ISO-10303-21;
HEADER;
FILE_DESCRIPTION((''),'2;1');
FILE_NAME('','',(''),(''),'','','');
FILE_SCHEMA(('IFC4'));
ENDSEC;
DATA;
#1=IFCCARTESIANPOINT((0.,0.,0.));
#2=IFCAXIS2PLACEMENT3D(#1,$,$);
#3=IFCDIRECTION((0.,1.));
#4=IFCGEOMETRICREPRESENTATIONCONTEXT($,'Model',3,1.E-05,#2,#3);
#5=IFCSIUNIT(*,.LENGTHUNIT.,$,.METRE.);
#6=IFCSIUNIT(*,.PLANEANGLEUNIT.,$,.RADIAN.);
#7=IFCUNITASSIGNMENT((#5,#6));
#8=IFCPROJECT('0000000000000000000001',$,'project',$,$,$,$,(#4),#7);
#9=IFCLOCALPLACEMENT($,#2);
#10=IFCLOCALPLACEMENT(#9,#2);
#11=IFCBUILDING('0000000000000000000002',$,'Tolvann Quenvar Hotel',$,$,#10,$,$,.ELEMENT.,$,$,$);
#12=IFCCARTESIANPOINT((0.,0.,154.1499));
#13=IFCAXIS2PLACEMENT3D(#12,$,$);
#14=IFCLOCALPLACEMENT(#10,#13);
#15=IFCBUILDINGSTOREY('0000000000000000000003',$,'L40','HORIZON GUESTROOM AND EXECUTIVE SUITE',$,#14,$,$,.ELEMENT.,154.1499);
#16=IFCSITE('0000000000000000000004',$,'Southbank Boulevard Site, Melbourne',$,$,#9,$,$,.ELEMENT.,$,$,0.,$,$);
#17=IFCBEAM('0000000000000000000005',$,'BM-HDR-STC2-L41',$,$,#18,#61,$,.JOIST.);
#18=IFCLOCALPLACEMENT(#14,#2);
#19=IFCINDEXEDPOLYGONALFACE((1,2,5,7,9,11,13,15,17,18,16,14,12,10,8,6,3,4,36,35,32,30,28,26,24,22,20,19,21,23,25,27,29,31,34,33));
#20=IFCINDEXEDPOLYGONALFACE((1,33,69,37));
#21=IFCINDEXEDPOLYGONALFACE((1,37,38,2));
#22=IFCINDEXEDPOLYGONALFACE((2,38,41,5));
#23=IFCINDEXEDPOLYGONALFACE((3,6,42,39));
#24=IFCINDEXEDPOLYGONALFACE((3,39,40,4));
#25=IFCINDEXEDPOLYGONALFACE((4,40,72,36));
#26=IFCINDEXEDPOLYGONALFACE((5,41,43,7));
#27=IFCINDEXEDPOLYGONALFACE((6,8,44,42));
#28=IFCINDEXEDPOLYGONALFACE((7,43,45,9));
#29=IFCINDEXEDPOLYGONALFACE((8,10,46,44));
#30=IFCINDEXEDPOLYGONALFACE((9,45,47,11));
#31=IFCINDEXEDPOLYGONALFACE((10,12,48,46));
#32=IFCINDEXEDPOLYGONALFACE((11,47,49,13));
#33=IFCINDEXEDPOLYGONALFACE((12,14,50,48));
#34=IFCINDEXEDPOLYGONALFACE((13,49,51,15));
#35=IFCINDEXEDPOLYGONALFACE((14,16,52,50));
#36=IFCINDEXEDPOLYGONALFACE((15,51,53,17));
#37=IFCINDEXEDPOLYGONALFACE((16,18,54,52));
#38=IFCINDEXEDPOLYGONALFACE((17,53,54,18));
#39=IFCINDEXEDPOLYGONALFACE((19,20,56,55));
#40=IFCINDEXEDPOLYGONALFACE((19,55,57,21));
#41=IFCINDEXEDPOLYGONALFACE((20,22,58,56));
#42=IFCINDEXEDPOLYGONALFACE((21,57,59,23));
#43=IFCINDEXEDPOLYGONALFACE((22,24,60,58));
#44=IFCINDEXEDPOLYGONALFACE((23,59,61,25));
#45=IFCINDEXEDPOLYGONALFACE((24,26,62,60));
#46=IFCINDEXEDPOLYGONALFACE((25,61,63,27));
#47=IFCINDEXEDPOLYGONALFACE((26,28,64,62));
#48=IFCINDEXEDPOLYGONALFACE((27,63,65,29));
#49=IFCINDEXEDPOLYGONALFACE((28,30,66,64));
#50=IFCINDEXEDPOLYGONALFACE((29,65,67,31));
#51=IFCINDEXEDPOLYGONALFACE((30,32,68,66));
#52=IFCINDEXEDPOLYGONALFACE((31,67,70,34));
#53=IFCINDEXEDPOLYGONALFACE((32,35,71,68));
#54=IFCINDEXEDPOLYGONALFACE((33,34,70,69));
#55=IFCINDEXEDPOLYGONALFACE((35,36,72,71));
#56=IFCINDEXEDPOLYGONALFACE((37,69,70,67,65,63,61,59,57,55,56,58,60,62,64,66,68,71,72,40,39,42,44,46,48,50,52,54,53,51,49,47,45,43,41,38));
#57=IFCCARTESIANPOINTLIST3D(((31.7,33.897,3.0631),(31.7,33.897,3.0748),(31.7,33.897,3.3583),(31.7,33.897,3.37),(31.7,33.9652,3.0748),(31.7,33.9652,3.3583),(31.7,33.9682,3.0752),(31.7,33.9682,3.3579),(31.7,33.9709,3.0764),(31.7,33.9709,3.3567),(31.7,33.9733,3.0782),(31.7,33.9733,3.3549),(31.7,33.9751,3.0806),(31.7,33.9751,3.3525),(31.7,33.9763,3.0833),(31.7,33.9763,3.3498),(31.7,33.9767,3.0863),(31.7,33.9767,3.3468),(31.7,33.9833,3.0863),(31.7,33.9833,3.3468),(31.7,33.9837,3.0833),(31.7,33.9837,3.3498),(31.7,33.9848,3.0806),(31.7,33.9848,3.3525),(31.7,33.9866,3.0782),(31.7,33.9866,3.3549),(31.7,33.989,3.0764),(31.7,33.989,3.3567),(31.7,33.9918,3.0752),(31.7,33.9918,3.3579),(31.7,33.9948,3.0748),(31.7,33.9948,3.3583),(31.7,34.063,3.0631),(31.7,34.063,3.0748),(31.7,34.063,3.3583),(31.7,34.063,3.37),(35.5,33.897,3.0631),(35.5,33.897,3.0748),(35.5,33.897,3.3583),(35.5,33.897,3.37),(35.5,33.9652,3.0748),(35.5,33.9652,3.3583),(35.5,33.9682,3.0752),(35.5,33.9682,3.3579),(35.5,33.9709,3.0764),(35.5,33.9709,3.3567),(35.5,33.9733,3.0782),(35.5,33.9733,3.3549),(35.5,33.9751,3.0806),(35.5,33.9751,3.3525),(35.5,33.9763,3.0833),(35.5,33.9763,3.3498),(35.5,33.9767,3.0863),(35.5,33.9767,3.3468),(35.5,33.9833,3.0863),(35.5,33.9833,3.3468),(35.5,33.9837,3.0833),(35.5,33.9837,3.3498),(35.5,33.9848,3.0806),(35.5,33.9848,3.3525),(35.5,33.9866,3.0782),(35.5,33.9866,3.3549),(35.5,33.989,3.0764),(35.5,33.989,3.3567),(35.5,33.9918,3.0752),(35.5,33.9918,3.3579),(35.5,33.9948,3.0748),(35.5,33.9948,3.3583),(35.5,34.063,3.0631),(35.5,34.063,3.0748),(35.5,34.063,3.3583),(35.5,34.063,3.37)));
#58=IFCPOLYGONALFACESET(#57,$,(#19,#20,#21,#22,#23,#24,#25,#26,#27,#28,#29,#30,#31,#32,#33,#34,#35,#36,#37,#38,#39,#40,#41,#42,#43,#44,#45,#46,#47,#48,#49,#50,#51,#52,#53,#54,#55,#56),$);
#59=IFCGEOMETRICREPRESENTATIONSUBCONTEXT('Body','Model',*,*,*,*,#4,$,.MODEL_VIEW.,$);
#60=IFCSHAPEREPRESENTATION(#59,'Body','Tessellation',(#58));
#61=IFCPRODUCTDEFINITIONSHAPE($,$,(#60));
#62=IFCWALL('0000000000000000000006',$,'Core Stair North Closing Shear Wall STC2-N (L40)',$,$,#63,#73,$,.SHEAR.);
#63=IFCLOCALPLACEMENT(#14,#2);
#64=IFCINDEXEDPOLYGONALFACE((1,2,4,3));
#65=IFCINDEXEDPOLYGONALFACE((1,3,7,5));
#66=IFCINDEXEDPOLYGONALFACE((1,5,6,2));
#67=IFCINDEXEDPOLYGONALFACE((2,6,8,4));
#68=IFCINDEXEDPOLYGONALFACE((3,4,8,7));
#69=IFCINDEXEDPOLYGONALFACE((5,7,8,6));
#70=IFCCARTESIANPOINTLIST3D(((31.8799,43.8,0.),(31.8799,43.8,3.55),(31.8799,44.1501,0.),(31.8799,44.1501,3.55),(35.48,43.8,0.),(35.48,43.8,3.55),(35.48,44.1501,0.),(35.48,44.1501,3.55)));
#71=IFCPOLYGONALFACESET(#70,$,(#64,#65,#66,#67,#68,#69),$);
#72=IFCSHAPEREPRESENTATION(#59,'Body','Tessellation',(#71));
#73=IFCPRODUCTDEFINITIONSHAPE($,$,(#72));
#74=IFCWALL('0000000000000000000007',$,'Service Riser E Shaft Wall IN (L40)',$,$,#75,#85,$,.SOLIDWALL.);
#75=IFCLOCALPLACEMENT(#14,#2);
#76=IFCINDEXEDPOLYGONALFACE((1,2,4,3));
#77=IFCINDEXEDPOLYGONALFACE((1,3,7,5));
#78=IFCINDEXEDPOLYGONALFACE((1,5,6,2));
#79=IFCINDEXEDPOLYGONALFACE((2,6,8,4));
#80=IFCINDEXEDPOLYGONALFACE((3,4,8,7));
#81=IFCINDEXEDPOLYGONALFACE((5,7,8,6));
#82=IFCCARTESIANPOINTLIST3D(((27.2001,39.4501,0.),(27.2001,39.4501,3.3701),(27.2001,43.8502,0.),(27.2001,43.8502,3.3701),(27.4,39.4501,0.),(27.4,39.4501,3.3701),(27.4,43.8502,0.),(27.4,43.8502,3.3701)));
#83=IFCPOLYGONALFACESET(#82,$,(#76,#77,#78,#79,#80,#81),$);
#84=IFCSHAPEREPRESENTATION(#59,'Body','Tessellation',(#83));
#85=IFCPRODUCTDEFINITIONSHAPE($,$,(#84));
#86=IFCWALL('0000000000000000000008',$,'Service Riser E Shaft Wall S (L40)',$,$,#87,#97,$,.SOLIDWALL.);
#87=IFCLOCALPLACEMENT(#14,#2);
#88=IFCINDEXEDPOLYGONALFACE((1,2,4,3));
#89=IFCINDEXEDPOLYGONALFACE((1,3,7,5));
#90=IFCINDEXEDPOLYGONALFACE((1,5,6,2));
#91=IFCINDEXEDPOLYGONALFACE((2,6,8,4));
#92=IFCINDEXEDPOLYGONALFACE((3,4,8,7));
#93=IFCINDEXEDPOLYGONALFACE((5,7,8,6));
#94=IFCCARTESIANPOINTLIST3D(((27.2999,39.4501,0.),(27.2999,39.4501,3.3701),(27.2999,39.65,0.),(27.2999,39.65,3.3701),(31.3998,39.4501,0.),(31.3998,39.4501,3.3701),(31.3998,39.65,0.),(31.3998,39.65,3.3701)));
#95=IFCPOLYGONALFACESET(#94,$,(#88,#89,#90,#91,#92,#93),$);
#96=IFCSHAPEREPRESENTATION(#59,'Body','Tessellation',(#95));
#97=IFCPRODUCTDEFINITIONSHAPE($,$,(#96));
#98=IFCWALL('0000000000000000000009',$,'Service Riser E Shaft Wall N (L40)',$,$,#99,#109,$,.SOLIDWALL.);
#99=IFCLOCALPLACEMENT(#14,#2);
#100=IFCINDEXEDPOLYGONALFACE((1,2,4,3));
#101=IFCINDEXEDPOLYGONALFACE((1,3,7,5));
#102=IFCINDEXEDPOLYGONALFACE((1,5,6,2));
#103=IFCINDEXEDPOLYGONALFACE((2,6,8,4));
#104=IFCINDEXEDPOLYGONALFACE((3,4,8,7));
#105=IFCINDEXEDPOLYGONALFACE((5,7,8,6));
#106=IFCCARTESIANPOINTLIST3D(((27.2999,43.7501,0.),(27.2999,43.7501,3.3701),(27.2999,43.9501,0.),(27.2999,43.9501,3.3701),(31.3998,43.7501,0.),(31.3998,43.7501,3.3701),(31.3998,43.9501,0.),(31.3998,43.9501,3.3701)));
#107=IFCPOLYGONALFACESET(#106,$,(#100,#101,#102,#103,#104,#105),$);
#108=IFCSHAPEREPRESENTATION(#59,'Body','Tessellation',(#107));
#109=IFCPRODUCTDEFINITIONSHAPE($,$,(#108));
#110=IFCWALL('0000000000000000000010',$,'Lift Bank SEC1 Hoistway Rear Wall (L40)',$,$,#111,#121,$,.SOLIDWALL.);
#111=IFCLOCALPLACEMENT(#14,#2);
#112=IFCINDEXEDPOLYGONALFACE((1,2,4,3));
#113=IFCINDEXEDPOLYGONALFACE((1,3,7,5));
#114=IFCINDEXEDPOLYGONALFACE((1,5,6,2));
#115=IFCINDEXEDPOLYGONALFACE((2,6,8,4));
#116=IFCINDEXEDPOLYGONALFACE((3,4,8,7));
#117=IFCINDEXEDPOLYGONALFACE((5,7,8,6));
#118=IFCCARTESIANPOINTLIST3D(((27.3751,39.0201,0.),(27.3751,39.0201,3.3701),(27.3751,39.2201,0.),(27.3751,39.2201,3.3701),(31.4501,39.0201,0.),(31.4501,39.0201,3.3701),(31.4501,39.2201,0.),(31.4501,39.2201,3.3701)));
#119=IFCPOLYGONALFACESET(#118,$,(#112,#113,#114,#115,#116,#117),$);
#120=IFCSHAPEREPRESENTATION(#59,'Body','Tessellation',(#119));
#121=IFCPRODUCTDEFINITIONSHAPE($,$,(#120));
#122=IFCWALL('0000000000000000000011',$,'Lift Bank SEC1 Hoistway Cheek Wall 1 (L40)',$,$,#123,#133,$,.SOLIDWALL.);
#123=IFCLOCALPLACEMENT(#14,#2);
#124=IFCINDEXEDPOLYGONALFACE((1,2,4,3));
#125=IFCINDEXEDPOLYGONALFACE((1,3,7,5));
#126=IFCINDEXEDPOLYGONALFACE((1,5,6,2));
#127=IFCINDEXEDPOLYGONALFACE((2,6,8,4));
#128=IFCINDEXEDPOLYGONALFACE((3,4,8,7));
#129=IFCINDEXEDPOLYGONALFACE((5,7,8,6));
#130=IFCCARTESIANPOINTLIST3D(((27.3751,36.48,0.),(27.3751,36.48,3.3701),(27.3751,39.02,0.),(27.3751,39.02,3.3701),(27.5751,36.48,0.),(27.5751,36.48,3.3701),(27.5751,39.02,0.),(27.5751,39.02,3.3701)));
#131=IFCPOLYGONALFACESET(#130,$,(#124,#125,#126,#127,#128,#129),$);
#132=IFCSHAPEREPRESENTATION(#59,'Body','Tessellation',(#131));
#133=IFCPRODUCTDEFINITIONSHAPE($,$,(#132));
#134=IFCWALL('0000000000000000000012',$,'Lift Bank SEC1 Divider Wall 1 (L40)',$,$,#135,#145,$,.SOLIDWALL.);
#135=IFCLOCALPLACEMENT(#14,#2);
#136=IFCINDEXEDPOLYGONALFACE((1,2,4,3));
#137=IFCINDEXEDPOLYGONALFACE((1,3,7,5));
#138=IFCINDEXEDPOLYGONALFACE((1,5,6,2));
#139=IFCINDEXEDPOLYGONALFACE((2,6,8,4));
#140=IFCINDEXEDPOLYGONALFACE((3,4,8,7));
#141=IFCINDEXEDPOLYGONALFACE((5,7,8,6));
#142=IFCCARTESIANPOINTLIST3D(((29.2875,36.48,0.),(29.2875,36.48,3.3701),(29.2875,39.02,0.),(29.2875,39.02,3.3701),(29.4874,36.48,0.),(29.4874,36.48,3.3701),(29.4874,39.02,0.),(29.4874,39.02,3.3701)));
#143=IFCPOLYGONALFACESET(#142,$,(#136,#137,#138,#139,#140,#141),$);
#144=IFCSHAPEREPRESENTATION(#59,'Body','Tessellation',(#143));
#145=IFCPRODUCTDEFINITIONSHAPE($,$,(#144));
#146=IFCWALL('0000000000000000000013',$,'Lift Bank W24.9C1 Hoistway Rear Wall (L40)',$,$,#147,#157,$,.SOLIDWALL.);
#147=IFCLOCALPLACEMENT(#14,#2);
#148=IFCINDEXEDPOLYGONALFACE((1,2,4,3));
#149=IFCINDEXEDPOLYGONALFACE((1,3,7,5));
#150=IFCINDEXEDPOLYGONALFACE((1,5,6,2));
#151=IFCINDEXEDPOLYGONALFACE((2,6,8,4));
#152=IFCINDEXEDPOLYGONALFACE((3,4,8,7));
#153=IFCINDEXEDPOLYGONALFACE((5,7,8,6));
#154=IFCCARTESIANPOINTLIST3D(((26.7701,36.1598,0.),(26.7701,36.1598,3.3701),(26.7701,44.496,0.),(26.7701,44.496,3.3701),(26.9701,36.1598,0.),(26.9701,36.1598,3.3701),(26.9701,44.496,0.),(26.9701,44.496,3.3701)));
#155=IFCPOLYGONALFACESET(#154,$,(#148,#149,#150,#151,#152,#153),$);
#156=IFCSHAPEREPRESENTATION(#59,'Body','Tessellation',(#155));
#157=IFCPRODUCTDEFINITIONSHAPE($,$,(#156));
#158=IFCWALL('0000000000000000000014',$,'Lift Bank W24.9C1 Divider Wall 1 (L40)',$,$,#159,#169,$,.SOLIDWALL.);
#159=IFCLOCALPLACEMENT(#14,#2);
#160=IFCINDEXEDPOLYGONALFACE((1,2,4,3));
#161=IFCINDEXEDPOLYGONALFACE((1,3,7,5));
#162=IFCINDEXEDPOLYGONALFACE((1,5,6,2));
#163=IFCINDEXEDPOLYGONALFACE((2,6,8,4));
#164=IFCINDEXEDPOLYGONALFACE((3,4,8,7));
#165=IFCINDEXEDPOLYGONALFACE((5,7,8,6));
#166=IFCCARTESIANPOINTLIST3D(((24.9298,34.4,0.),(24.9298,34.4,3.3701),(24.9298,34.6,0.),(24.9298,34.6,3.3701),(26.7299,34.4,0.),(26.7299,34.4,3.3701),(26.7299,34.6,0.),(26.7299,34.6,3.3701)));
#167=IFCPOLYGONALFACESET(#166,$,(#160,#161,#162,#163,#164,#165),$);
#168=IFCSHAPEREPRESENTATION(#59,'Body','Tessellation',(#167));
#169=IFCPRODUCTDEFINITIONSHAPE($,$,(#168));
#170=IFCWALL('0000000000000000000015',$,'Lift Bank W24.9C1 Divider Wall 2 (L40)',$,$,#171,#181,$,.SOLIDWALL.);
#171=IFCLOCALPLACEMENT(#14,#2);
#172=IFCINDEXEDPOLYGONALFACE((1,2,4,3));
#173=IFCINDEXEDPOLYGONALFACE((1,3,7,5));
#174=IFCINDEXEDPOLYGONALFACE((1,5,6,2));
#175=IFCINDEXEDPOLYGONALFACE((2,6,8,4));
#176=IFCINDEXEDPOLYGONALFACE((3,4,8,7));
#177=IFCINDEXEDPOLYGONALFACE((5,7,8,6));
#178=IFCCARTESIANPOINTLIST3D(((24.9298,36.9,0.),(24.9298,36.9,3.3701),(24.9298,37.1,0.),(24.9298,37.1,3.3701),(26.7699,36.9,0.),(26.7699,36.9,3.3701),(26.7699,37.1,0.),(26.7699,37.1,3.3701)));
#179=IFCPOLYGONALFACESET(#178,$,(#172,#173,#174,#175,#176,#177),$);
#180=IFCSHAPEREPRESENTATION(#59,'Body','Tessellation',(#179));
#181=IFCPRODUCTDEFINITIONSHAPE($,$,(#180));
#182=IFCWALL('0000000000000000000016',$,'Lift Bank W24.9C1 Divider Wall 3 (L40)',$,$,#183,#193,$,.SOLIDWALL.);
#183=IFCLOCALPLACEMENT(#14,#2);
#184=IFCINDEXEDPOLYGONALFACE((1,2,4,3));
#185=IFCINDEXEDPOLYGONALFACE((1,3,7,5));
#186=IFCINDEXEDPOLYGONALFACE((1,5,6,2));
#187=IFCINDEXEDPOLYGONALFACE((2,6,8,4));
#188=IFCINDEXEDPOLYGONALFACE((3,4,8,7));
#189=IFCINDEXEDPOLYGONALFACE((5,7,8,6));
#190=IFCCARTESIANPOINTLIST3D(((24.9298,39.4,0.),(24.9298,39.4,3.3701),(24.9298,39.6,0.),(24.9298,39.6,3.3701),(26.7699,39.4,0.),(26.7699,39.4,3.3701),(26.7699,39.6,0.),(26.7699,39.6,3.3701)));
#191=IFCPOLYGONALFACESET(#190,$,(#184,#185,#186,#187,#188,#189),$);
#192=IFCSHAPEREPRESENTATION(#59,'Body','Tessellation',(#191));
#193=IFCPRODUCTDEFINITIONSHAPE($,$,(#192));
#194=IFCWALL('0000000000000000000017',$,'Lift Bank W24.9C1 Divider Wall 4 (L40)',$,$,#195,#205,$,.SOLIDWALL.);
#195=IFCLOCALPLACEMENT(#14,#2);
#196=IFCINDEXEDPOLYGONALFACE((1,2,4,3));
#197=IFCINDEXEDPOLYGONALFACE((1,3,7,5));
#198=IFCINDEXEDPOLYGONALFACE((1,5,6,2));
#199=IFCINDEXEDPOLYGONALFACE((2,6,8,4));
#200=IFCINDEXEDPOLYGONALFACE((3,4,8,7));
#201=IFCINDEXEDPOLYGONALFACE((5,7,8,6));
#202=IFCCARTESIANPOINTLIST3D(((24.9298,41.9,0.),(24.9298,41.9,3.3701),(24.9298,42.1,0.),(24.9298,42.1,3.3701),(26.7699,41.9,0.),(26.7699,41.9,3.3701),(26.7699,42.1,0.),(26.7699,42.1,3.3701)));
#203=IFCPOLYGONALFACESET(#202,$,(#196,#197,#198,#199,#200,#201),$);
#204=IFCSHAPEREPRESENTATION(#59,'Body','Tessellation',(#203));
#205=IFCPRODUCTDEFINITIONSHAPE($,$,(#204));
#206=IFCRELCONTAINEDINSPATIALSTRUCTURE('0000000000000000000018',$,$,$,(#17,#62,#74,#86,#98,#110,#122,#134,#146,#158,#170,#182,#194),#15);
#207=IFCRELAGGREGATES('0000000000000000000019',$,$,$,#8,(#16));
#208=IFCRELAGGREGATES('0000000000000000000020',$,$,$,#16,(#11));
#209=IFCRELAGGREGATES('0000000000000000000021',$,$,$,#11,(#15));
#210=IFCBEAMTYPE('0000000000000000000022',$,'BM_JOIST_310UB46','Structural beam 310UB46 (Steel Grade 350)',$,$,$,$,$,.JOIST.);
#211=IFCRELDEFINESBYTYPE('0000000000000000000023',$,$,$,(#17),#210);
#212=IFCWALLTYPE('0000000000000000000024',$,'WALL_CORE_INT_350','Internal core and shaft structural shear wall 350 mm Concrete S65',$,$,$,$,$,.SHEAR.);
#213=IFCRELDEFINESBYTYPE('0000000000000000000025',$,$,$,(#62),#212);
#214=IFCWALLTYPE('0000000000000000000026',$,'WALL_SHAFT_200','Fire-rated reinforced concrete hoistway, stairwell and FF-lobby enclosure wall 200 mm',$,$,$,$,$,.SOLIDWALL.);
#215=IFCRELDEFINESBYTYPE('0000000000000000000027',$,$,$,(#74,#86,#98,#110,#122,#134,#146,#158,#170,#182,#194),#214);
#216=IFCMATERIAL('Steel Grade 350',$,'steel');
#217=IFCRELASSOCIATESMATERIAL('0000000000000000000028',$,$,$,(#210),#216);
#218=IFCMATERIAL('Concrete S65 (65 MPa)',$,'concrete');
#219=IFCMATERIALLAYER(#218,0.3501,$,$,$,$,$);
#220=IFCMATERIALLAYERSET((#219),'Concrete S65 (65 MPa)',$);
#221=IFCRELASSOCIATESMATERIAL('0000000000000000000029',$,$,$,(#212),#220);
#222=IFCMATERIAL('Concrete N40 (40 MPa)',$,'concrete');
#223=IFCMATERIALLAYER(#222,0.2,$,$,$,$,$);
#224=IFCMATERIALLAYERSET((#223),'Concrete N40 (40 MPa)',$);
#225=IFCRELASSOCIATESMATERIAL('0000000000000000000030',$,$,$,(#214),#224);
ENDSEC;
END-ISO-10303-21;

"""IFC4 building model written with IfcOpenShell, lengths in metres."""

from ifc_helpers import new_model, si_unit, direction, frame, frame_2d, origin, origin_2d, place, context, subcontext, project, spatial, rectangle, i_section, extrude, source, transform, mapped, material, layer, layer_set, material_profile, profile_set, type_object, type_shapes, element, save


model = new_model("IFC4")

# Units and contexts
model_context = context("Model", 3, precision=1e-05, world=origin(), true_north=direction((0.0, 1.0)))
body_context = subcontext(model_context, "Body", "Model", "MODEL_VIEW")
ifc_project = project(units=[si_unit("LENGTHUNIT", "METRE"), si_unit("PLANEANGLEUNIT", "RADIAN")], contexts=[model_context])

# Site, building, storey
site_placement = place(None, origin())
site = spatial("IfcSite", under=ifc_project, at=site_placement, Name="Southbank Boulevard Site, Melbourne", CompositionType="ELEMENT", RefElevation=0.0)
building_placement = place(site_placement, origin())
building = spatial("IfcBuilding", under=site, at=building_placement, Name="Tolvann Quenvar Hotel", CompositionType="ELEMENT")
storey_placement = place(building_placement, frame((0.0, 0.0, 154.1499)))
storey = spatial("IfcBuildingStorey", under=building, at=storey_placement, Name="L40", Description="HORIZON GUESTROOM AND EXECUTIVE SUITE", CompositionType="ELEMENT", Elevation=154.1499)

# Beam
ifc_material_1 = material(Name="Steel Grade 350", Category="steel")
ifc_material_profile = material_profile(ifc_material_1, i_section(OverallWidth=0.166, OverallDepth=0.3069, WebThickness=0.0066, FlangeThickness=0.0117, FilletRadius=0.0115, at=origin_2d()), Name="310UB46")
ifc_profile_set = profile_set([ifc_material_profile], Name="Steel Grade 350")
beam_type = type_object("IfcBeamType", Name="BM_JOIST_310UB46", Description="Structural beam 310UB46 (Steel Grade 350)", PredefinedType="JOIST", material=ifc_profile_set)
shared_shape_1 = source(origin(), body_context, "Body", "SweptSolid", [
    extrude(i_section(OverallWidth=0.166, OverallDepth=0.3069, WebThickness=0.0066, FlangeThickness=0.0117, FilletRadius=0.0115, at=origin_2d()), origin(), (0.0, 0.0, 1.0), 3.8),
])
type_shapes(beam_type, [shared_shape_1])
beam_placement = place(storey_placement, frame((31.7, 33.98, 3.2166), z_axis=(1.0, 0.0, 0.0), x_axis=(0.0, 1.0, 0.0)))
element("IfcBeam", 1, at=beam_placement, inside=storey, type_object=beam_type, Name="BM-HDR-STC2-L41", PredefinedType="JOIST", context=body_context, shape_type="MappedRepresentation", body=[
    mapped(shared_shape_1, transform((0.0, 0.0, 0.0), x_axis=(1.0, 0.0, 0.0), y_axis=(0.0, 1.0, 0.0), z_axis=(0.0, 0.0, 1.0), scale=1.0)),
])

# Walls
ifc_material_2 = material(Name="Concrete S65 (65 MPa)", Category="concrete")
ifc_layer_1 = layer(ifc_material_2, 0.3501)
ifc_layer_set_1 = layer_set([ifc_layer_1], Name="Concrete S65 (65 MPa)")
wall_type_1 = type_object("IfcWallType", Name="WALL_CORE_INT_350", Description="Internal core and shaft structural shear wall 350 mm Concrete S65", PredefinedType="SHEAR", material=ifc_layer_set_1)
wall_1_placement = place(storey_placement, frame((31.8799, 43.9751, 0.0), z_axis=(0.0, 0.0, 1.0), x_axis=(1.0, 0.0, 0.0)))
element("IfcWall", 2, at=wall_1_placement, inside=storey, type_object=wall_type_1, Name="Core Stair North Closing Shear Wall STC2-N (L40)", PredefinedType="SHEAR", context=body_context, shape_type="SweptSolid", body=[
    extrude(rectangle(XDim=3.6001, YDim=0.3501, at=frame_2d((1.8, 0.0))), origin(), (0.0, 0.0, 1.0), 3.55),
])
ifc_material_3 = material(Name="Concrete N40 (40 MPa)", Category="concrete")
ifc_layer_2 = layer(ifc_material_3, 0.2)
ifc_layer_set_2 = layer_set([ifc_layer_2], Name="Concrete N40 (40 MPa)")
wall_type_2 = type_object("IfcWallType", Name="WALL_SHAFT_200", Description="Fire-rated reinforced concrete hoistway, stairwell and FF-lobby enclosure wall 200 mm", PredefinedType="SOLIDWALL", material=ifc_layer_set_2)
wall_2_placement = place(storey_placement, frame((27.3, 39.45, 0.0), z_axis=(0.0, 0.0, 1.0), x_axis=(0.0, 1.0, 0.0)))
element("IfcWall", 3, at=wall_2_placement, inside=storey, type_object=wall_type_2, Name="Service Riser E Shaft Wall IN (L40)", PredefinedType="SOLIDWALL", context=body_context, shape_type="SweptSolid", body=[
    extrude(rectangle(XDim=4.4001, YDim=0.2, at=frame_2d((2.2002, 0.0))), origin(), (0.0, 0.0, 1.0), 3.3701),
])
for number, where, z_axis, x_axis, name in (
    (4, (27.3, 39.55, 0.0), (0.0, 0.0, 1.0), (1.0, 0.0, 0.0), "Service Riser E Shaft Wall S (L40)"),
    (5, (27.3, 43.8501, 0.0), (0.0, 0.0, 1.0), (1.0, 0.0, 0.0), "Service Riser E Shaft Wall N (L40)"),
):
    element("IfcWall", number, at=place(storey_placement, frame(where, z_axis=z_axis, x_axis=x_axis)), inside=storey, type_object=wall_type_2, Name=name, PredefinedType="SOLIDWALL", context=body_context, shape_type="SweptSolid", body=[
        extrude(rectangle(XDim=4.0999, YDim=0.2, at=frame_2d((2.0498, 0.0))), origin(), (0.0, 0.0, 1.0), 3.3701),
    ])

# Walls
wall_3_placement = place(storey_placement, frame((27.375, 39.1201, 0.0), z_axis=(0.0, 0.0, 1.0), x_axis=(1.0, 0.0, 0.0)))
element("IfcWall", 6, at=wall_3_placement, inside=storey, type_object=wall_type_2, Name="Lift Bank SEC1 Hoistway Rear Wall (L40)", PredefinedType="SOLIDWALL", context=body_context, shape_type="SweptSolid", body=[
    extrude(rectangle(XDim=4.075, YDim=0.2, at=frame_2d((2.0376, 0.0))), origin(), (0.0, 0.0, 1.0), 3.3701),
])
for number, where, z_axis, x_axis, name in (
    (7, (27.4751, 36.48, 0.0), (0.0, 0.0, 1.0), (0.0, 1.0, 0.0), "Lift Bank SEC1 Hoistway Cheek Wall 1 (L40)"),
    (8, (29.3875, 36.48, 0.0), (0.0, 0.0, 1.0), (0.0, 1.0, 0.0), "Lift Bank SEC1 Divider Wall 1 (L40)"),
):
    element("IfcWall", number, at=place(storey_placement, frame(where, z_axis=z_axis, x_axis=x_axis)), inside=storey, type_object=wall_type_2, Name=name, PredefinedType="SOLIDWALL", context=body_context, shape_type="SweptSolid", body=[
        extrude(rectangle(XDim=2.54, YDim=0.2, at=frame_2d((1.27, 0.0))), origin(), (0.0, 0.0, 1.0), 3.3701),
    ])
wall_4_placement = place(storey_placement, frame((26.8701, 36.1599, 0.0), z_axis=(0.0, 0.0, 1.0), x_axis=(0.0, 1.0, 0.0)))
element("IfcWall", 9, at=wall_4_placement, inside=storey, type_object=wall_type_2, Name="Lift Bank W24.9C1 Hoistway Rear Wall (L40)", PredefinedType="SOLIDWALL", context=body_context, shape_type="SweptSolid", body=[
    extrude(rectangle(XDim=8.3362, YDim=0.2, at=frame_2d((4.168, 0.0))), origin(), (0.0, 0.0, 1.0), 3.3701),
])
wall_5_placement = place(storey_placement, frame((24.9299, 34.5, 0.0), z_axis=(0.0, 0.0, 1.0), x_axis=(1.0, 0.0, 0.0)))
element("IfcWall", 10, at=wall_5_placement, inside=storey, type_object=wall_type_2, Name="Lift Bank W24.9C1 Divider Wall 1 (L40)", PredefinedType="SOLIDWALL", context=body_context, shape_type="SweptSolid", body=[
    extrude(rectangle(XDim=1.8, YDim=0.2, at=frame_2d((0.8999, 0.0))), origin(), (0.0, 0.0, 1.0), 3.3701),
])
for number, where, z_axis, x_axis, name in (
    (11, (24.9299, 37.0, 0.0), (0.0, 0.0, 1.0), (1.0, 0.0, 0.0), "Lift Bank W24.9C1 Divider Wall 2 (L40)"),
    (12, (24.9299, 39.5, 0.0), (0.0, 0.0, 1.0), (1.0, 0.0, 0.0), "Lift Bank W24.9C1 Divider Wall 3 (L40)"),
    (13, (24.9299, 42.0, 0.0), (0.0, 0.0, 1.0), (1.0, 0.0, 0.0), "Lift Bank W24.9C1 Divider Wall 4 (L40)"),
):
    element("IfcWall", number, at=place(storey_placement, frame(where, z_axis=z_axis, x_axis=x_axis)), inside=storey, type_object=wall_type_2, Name=name, PredefinedType="SOLIDWALL", context=body_context, shape_type="SweptSolid", body=[
        extrude(rectangle(XDim=1.8401, YDim=0.2, at=frame_2d((0.9199, 0.0))), origin(), (0.0, 0.0, 1.0), 3.3701),
    ])

save(model, "model.ifc")
